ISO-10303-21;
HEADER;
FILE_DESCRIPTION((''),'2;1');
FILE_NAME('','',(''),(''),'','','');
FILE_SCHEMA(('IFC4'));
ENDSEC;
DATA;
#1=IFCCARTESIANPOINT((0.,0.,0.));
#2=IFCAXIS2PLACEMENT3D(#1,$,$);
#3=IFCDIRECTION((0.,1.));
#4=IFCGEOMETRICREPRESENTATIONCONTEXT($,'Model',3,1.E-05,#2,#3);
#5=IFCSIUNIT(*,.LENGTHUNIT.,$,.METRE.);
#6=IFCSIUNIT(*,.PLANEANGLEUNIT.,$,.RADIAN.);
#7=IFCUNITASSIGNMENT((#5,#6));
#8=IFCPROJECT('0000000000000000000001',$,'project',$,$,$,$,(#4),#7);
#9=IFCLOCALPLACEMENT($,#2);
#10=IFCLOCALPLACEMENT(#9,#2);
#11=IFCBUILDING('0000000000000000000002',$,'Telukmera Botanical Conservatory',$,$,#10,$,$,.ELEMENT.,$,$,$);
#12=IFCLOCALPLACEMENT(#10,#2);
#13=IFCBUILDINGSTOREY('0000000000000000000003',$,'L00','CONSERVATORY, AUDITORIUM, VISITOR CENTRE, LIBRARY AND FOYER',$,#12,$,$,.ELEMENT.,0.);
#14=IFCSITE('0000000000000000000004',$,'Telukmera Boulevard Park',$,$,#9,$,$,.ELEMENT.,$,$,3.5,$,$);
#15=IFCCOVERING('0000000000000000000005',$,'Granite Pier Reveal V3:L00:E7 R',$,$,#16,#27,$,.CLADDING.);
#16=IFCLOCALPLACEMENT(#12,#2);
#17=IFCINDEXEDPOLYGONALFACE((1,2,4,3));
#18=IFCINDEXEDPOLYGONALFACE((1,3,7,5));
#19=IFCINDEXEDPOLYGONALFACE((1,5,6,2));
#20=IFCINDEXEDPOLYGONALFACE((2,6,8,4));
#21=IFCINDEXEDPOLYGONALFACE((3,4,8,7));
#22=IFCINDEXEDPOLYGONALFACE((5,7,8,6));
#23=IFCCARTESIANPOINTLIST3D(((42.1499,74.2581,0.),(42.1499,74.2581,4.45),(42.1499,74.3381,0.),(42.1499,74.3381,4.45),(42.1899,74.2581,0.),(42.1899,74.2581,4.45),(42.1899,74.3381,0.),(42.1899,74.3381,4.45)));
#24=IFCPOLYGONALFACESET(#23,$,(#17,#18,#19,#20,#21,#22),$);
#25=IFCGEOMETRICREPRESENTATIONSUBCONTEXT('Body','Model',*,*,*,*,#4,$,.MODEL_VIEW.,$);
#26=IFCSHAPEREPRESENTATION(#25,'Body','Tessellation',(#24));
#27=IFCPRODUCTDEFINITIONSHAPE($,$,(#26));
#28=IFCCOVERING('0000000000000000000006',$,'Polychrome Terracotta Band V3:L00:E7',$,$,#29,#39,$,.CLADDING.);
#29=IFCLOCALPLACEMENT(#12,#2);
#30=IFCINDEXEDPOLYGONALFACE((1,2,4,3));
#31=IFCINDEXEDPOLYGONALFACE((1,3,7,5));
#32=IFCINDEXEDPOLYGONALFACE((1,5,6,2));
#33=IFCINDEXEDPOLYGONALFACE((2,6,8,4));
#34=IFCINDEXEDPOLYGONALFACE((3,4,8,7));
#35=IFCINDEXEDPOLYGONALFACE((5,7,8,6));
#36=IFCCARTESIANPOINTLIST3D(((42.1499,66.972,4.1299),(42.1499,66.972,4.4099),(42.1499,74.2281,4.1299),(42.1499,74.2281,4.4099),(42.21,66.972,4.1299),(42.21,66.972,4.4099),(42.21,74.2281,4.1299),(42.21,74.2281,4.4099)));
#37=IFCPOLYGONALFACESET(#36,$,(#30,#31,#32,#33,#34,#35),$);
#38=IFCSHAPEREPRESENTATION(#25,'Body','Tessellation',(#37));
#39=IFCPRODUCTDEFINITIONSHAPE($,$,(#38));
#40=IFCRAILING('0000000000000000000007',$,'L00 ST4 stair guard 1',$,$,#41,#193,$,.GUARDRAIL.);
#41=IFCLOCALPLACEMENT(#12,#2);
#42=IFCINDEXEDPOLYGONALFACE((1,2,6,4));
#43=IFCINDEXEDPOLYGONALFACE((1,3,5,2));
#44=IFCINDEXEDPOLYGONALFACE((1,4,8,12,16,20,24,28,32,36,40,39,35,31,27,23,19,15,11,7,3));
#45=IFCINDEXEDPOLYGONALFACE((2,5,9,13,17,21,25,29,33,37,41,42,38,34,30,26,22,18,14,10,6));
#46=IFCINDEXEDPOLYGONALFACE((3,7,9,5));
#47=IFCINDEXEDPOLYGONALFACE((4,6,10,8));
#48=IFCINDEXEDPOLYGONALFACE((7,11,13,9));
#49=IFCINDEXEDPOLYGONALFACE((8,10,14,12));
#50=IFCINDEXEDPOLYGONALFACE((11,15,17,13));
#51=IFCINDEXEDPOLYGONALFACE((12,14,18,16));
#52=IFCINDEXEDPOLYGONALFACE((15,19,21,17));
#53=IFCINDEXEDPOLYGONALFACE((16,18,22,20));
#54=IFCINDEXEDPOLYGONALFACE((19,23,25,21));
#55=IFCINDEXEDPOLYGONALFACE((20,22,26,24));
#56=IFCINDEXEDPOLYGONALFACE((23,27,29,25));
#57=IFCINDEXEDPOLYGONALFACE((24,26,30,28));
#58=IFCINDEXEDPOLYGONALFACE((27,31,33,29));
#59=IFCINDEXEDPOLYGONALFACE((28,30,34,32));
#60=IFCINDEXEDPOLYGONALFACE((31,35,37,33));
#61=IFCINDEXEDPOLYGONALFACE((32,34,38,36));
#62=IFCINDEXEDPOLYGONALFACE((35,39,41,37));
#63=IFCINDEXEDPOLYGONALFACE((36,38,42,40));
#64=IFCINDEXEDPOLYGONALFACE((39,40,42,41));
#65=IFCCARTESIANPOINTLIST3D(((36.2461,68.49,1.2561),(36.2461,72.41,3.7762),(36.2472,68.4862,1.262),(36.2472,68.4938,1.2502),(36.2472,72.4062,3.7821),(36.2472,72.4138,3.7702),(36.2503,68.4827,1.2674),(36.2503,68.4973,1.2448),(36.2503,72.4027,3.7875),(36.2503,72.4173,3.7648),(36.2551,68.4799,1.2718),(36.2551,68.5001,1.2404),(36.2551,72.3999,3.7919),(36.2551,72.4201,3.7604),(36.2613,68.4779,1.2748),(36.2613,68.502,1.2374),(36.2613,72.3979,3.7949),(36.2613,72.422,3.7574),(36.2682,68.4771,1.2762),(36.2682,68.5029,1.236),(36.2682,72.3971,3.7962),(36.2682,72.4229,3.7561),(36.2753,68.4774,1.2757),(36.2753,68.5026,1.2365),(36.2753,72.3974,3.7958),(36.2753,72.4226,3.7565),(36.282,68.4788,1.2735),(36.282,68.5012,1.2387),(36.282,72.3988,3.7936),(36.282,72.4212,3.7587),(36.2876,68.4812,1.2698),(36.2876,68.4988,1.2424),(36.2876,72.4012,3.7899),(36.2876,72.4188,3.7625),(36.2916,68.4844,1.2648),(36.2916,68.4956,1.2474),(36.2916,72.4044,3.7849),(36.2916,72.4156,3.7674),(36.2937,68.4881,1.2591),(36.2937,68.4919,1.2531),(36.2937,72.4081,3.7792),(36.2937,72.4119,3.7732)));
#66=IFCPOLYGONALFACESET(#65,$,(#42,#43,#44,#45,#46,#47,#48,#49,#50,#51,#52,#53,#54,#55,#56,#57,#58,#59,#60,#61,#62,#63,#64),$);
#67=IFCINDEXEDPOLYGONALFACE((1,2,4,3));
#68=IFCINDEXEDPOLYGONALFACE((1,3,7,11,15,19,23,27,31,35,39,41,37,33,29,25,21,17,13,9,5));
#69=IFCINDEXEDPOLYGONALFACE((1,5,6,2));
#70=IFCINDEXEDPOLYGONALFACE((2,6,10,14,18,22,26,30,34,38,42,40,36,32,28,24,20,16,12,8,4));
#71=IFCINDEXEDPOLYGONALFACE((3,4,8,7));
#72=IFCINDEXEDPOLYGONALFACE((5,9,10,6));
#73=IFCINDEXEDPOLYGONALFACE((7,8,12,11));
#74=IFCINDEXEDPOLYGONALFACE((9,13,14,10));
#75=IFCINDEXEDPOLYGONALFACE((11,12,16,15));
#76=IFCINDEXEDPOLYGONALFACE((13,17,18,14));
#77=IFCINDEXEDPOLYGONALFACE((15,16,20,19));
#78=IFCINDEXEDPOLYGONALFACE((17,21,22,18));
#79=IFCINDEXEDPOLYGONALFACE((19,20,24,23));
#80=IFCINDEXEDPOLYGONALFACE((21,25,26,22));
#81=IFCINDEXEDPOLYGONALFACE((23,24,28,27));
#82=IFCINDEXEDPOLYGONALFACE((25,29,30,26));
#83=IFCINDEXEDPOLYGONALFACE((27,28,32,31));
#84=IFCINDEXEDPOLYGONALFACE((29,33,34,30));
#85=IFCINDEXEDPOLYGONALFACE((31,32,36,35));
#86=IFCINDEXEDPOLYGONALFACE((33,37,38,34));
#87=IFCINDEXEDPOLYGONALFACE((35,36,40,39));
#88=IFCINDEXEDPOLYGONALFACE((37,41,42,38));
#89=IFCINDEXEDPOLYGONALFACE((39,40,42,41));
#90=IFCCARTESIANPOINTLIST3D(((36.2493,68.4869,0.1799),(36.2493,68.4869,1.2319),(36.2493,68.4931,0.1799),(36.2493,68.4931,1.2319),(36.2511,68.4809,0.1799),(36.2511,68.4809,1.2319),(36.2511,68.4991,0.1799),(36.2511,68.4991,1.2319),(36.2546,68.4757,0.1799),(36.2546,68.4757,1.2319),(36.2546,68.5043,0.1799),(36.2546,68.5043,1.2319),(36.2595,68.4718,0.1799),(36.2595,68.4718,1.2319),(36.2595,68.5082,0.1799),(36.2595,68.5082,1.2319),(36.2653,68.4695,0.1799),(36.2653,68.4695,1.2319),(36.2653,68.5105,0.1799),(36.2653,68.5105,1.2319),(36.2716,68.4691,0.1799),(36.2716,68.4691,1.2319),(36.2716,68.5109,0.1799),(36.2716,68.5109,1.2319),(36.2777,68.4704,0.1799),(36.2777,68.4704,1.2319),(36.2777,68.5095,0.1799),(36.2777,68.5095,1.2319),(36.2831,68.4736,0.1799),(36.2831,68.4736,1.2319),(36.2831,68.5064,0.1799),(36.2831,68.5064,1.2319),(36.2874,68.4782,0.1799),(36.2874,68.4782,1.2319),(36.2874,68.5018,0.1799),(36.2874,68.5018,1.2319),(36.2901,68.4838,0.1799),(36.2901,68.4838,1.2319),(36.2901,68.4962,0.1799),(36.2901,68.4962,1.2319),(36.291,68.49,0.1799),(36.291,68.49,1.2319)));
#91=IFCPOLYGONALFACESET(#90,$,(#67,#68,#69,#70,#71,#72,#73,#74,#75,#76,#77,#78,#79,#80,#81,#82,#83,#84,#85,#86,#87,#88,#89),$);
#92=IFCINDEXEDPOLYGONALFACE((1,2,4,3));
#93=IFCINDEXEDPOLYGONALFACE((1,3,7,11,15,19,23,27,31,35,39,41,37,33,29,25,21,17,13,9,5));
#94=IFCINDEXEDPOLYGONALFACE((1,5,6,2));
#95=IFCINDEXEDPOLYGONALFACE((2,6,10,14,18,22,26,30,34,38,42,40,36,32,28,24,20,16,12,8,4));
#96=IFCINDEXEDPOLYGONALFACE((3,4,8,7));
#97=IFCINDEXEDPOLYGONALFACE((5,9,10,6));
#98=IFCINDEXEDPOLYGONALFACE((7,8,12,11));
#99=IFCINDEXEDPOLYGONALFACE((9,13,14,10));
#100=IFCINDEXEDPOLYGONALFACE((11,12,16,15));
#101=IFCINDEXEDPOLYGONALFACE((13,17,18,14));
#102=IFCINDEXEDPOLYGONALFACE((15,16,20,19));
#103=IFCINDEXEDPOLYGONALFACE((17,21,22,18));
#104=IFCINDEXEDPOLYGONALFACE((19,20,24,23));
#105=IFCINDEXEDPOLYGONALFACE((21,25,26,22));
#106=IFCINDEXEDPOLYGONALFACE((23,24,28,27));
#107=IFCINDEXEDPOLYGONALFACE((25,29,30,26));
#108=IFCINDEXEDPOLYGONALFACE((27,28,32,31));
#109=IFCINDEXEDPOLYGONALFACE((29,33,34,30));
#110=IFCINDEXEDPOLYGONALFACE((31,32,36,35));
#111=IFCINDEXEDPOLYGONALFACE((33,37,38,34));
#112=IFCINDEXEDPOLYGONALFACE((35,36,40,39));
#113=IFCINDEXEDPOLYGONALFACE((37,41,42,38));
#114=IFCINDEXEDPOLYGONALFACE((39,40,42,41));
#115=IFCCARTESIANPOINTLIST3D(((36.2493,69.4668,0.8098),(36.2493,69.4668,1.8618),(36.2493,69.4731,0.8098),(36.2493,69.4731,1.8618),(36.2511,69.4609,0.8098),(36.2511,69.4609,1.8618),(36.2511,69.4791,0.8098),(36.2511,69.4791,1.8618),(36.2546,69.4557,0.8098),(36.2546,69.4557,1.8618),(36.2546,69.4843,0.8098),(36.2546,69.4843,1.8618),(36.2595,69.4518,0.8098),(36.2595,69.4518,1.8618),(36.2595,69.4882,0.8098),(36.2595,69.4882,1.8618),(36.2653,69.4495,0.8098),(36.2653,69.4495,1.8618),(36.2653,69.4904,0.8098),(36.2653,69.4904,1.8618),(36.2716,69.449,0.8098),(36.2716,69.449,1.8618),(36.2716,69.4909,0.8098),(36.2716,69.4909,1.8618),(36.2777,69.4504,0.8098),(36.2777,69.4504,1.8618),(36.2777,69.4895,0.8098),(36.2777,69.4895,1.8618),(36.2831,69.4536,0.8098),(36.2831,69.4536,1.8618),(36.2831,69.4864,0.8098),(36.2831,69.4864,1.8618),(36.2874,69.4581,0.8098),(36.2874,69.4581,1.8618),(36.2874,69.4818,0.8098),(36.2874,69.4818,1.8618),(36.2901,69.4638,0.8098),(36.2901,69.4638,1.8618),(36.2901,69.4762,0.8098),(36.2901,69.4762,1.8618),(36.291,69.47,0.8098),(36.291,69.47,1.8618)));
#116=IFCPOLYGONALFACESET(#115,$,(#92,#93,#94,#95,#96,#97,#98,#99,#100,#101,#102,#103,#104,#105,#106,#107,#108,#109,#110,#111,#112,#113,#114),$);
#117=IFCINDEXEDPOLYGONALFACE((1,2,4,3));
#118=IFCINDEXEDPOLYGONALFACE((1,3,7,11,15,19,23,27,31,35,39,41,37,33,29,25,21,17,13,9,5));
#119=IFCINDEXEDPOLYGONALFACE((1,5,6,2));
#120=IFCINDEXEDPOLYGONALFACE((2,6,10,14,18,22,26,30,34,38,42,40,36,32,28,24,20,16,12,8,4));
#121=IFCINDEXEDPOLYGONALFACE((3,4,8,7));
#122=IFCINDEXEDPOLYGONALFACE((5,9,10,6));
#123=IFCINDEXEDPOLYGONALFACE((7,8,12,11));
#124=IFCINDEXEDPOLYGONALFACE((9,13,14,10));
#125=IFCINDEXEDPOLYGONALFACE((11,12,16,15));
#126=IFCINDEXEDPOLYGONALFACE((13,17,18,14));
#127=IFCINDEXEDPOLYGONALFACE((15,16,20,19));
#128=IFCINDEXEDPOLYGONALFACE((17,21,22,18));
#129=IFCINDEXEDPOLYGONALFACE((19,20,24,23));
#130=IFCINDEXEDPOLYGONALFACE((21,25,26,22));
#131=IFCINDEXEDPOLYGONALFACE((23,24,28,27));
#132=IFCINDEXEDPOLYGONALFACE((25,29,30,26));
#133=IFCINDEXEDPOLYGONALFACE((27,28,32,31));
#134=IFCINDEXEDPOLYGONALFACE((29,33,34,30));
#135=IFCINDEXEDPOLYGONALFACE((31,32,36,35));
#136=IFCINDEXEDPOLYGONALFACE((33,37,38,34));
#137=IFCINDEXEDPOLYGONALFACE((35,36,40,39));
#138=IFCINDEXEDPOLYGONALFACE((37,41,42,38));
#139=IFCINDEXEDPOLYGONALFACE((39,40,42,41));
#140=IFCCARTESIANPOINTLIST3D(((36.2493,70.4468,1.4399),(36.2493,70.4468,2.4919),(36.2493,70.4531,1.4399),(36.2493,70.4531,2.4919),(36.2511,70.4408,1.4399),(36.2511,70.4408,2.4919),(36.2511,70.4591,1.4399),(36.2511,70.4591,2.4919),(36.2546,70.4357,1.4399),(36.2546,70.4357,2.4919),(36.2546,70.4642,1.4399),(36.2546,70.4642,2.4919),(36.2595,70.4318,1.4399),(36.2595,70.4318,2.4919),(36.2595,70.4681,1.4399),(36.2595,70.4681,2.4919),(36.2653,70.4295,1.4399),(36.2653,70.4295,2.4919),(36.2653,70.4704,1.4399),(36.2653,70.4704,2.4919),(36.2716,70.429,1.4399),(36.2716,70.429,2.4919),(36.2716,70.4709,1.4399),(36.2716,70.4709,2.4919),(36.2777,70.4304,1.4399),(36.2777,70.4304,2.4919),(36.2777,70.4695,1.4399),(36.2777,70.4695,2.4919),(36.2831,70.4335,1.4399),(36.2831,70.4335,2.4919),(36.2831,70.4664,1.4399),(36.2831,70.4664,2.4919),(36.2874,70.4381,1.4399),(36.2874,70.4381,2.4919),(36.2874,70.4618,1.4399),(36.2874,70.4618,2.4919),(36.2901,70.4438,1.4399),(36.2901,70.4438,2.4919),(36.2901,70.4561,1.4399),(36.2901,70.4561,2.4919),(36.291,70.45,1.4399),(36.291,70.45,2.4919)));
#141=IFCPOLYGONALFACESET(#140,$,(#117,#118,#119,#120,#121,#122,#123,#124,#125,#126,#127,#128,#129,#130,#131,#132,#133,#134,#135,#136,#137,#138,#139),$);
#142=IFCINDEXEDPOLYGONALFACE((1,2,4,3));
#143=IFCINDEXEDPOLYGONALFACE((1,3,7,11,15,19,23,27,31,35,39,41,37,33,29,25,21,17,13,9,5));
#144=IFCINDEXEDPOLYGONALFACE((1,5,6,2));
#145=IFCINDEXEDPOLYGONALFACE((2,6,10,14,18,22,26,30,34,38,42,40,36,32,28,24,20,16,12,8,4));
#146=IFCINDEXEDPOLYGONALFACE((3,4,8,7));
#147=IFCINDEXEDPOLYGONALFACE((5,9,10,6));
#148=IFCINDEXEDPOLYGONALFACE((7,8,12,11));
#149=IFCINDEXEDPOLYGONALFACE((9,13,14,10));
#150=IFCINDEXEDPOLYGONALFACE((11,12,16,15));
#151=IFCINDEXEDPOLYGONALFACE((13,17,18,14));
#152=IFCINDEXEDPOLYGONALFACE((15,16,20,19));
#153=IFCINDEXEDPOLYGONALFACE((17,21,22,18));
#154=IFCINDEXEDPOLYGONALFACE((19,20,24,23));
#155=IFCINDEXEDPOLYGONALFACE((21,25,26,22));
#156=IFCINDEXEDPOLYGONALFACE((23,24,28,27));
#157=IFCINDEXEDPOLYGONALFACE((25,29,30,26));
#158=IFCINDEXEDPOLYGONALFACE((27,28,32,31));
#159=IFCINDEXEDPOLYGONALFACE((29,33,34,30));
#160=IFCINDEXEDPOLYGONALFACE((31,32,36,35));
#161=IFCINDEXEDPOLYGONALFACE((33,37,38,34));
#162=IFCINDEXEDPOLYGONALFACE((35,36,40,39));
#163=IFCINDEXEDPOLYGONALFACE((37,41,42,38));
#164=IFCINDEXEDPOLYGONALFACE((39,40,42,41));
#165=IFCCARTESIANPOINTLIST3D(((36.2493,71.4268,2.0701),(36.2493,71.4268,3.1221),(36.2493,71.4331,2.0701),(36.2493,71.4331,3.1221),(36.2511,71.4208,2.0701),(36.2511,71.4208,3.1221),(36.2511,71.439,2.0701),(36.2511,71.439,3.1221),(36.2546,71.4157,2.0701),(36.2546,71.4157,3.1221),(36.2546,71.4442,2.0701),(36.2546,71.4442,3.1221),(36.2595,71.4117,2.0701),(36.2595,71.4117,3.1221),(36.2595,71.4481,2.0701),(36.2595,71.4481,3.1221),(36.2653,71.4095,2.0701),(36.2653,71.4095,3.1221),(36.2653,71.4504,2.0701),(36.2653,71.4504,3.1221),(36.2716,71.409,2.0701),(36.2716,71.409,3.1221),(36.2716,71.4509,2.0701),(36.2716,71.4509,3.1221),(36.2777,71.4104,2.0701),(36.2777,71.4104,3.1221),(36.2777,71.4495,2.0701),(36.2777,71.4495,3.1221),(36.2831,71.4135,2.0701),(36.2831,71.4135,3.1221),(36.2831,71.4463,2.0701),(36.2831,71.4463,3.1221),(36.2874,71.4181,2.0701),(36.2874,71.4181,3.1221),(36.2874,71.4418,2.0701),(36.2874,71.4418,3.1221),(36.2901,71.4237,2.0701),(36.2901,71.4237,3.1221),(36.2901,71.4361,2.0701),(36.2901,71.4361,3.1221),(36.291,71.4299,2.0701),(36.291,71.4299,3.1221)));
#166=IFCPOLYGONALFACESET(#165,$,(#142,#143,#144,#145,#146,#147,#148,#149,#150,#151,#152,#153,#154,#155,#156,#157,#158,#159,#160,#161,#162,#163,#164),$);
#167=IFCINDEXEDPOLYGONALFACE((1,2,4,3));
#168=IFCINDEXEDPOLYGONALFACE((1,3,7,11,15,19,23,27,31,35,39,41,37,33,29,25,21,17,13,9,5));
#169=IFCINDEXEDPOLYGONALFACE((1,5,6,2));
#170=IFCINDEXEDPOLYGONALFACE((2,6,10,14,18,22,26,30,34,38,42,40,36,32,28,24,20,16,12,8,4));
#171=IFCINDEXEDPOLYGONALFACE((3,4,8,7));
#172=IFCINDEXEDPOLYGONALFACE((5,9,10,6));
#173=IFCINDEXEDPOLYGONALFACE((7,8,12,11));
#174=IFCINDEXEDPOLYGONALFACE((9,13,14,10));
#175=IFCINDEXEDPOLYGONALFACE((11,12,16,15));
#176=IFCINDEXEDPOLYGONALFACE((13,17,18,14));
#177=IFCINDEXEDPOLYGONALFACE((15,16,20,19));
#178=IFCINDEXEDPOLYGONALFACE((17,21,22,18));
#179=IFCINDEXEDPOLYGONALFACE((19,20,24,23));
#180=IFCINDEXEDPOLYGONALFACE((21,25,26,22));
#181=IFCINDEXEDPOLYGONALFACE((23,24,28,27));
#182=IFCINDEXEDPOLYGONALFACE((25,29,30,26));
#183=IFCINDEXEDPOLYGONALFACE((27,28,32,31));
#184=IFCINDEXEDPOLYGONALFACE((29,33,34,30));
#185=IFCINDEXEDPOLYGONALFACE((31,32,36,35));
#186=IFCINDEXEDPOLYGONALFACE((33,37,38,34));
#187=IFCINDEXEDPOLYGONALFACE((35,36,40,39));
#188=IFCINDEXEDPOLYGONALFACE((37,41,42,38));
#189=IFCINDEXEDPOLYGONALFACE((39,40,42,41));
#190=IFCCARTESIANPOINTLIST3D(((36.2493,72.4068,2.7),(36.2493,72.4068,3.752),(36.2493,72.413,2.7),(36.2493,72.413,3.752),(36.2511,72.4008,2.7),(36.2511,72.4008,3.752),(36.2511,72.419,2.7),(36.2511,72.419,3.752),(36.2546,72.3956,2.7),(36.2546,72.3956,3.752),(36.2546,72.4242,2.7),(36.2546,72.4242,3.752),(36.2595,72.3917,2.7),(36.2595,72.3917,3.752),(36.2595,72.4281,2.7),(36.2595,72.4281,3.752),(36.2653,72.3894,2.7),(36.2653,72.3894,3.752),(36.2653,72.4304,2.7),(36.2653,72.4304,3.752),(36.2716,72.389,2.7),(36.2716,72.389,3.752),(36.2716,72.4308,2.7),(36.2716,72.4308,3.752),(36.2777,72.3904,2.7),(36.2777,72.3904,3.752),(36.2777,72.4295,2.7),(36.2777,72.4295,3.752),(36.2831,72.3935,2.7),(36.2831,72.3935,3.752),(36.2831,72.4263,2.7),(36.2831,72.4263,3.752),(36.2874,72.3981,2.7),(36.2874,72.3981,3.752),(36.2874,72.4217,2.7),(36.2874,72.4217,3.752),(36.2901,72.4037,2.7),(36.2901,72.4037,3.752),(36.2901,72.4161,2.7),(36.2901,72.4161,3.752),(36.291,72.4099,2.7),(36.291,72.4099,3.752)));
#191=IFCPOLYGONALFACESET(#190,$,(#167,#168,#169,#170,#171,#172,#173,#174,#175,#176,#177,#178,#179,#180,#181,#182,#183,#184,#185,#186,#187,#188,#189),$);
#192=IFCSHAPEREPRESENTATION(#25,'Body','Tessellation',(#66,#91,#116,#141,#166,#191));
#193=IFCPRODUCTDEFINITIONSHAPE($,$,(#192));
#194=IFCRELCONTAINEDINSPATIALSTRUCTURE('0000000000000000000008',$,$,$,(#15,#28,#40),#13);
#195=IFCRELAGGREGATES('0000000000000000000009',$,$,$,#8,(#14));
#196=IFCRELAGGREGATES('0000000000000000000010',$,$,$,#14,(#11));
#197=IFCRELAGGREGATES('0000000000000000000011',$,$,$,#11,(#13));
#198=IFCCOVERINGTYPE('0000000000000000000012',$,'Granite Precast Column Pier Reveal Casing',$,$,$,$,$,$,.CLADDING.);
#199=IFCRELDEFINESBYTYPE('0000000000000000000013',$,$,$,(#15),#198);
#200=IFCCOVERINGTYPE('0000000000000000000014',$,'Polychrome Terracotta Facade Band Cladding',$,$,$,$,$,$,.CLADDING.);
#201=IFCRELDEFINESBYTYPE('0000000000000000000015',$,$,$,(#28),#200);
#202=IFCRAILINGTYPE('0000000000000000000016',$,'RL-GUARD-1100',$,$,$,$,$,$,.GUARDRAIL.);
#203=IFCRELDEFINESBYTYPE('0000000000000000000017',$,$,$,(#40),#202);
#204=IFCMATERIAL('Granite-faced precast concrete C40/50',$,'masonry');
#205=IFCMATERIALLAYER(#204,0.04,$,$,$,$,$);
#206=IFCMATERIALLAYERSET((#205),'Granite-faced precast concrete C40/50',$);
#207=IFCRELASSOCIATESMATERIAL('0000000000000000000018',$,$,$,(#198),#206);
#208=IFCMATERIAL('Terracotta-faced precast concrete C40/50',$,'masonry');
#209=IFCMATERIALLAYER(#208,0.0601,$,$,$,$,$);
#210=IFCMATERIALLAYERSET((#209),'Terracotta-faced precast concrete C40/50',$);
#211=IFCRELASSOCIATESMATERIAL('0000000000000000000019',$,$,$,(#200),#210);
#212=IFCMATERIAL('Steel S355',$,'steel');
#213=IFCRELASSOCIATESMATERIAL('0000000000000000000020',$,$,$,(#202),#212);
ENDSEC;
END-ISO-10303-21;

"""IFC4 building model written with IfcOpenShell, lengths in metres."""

from ifc_helpers import new_model, si_unit, direction, frame, origin, origin_2d, place, context, subcontext, project, spatial, rectangle, circle, extrude, material, layer, layer_set, type_object, element, save


model = new_model("IFC4")

# Units and contexts
model_context = context("Model", 3, precision=1e-05, world=origin(), true_north=direction((0.0, 1.0)))
body_context = subcontext(model_context, "Body", "Model", "MODEL_VIEW")
ifc_project = project(units=[si_unit("LENGTHUNIT", "METRE"), si_unit("PLANEANGLEUNIT", "RADIAN")], contexts=[model_context])

# Site, building, storey
site_placement = place(None, origin())
site = spatial("IfcSite", under=ifc_project, at=site_placement, Name="Telukmera Boulevard Park", CompositionType="ELEMENT", RefElevation=3.5)
building_placement = place(site_placement, origin())
building = spatial("IfcBuilding", under=site, at=building_placement, Name="Telukmera Botanical Conservatory", CompositionType="ELEMENT")
storey_placement = place(building_placement, origin())
storey = spatial("IfcBuildingStorey", under=building, at=storey_placement, Name="L00", Description="CONSERVATORY, AUDITORIUM, VISITOR CENTRE, LIBRARY AND FOYER", CompositionType="ELEMENT", Elevation=0.0)

# Shared definitions
ifc_material_1 = material(Name="Terracotta-faced precast concrete C40/50", Category="masonry")

# Coverings
ifc_material_2 = material(Name="Granite-faced precast concrete C40/50", Category="masonry")
ifc_layer_1 = layer(ifc_material_2, 0.04)
ifc_layer_set_1 = layer_set([ifc_layer_1], Name="Granite-faced precast concrete C40/50")
covering_type_1 = type_object("IfcCoveringType", Name="Granite Precast Column Pier Reveal Casing", PredefinedType="CLADDING", material=ifc_layer_set_1)
for number, where, z_axis, x_axis, name in (
    (1, (42.1699, 74.2981, 0.0), (0.0, 0.0, 1.0), (0.0, 1.0, 0.0), "Granite Pier Reveal V3:L00:E7 R"),
):
    element("IfcCovering", number, at=place(storey_placement, frame(where, z_axis=z_axis, x_axis=x_axis)), inside=storey, type_object=covering_type_1, Name=name, PredefinedType="CLADDING", context=body_context, shape_type="SweptSolid", body=[
        extrude(rectangle(XDim=0.0801, YDim=0.04, at=origin_2d()), origin(), (0.0, 0.0, 1.0), 4.45),
    ])
ifc_layer_2 = layer(ifc_material_1, 0.0601)
ifc_layer_set_2 = layer_set([ifc_layer_2], Name="Terracotta-faced precast concrete C40/50")
covering_type_2 = type_object("IfcCoveringType", Name="Polychrome Terracotta Facade Band Cladding", PredefinedType="CLADDING", material=ifc_layer_set_2)
covering_placement = place(storey_placement, frame((42.1799, 70.6001, 4.1299), z_axis=(0.0, 0.0, 1.0), x_axis=(0.0, 1.0, 0.0)))
element("IfcCovering", 2, at=covering_placement, inside=storey, type_object=covering_type_2, Name="Polychrome Terracotta Band V3:L00:E7", PredefinedType="CLADDING", context=body_context, shape_type="SweptSolid", body=[
    extrude(rectangle(XDim=7.2561, YDim=0.0601, at=origin_2d()), origin(), (0.0, 0.0, 1.0), 0.28),
])

# Railing
ifc_material_3 = material(Name="Steel S355", Category="steel")
railing_type_1 = type_object("IfcRailingType", Name="RL-GUARD-1100", PredefinedType="GUARDRAIL", material=ifc_material_3)
railing_1_placement = place(storey_placement, frame((36.27, 68.49, 0.1799)))
element("IfcRailing", 3, at=railing_1_placement, inside=storey, type_object=railing_type_1, Name="L00 ST4 stair guard 1", PredefinedType="GUARDRAIL", context=body_context, shape_type="SweptSolid", body=[
    extrude(circle(Radius=0.0239, at=origin_2d()), frame((0.0, 0.0, 1.0762), z_axis=(0.0, 0.841172, 0.540768), x_axis=(-1.0, 0.0, 0.0)), (0.0, 0.0, 1.0), 4.6602),
    extrude(circle(Radius=0.021, at=origin_2d()), origin(), (0.0, 0.0, 1.0), 1.052),
    extrude(circle(Radius=0.021, at=origin_2d()), frame((0.0, 0.98, 0.6299)), (0.0, 0.0, 1.0), 1.052),
    extrude(circle(Radius=0.021, at=origin_2d()), frame((0.0, 1.96, 1.26)), (0.0, 0.0, 1.0), 1.052),
    extrude(circle(Radius=0.021, at=origin_2d()), frame((0.0, 2.9399, 1.8901)), (0.0, 0.0, 1.0), 1.052),
    extrude(circle(Radius=0.021, at=origin_2d()), frame((0.0, 3.9199, 2.52)), (0.0, 0.0, 1.0), 1.052),
])

save(model, "model.ifc")
